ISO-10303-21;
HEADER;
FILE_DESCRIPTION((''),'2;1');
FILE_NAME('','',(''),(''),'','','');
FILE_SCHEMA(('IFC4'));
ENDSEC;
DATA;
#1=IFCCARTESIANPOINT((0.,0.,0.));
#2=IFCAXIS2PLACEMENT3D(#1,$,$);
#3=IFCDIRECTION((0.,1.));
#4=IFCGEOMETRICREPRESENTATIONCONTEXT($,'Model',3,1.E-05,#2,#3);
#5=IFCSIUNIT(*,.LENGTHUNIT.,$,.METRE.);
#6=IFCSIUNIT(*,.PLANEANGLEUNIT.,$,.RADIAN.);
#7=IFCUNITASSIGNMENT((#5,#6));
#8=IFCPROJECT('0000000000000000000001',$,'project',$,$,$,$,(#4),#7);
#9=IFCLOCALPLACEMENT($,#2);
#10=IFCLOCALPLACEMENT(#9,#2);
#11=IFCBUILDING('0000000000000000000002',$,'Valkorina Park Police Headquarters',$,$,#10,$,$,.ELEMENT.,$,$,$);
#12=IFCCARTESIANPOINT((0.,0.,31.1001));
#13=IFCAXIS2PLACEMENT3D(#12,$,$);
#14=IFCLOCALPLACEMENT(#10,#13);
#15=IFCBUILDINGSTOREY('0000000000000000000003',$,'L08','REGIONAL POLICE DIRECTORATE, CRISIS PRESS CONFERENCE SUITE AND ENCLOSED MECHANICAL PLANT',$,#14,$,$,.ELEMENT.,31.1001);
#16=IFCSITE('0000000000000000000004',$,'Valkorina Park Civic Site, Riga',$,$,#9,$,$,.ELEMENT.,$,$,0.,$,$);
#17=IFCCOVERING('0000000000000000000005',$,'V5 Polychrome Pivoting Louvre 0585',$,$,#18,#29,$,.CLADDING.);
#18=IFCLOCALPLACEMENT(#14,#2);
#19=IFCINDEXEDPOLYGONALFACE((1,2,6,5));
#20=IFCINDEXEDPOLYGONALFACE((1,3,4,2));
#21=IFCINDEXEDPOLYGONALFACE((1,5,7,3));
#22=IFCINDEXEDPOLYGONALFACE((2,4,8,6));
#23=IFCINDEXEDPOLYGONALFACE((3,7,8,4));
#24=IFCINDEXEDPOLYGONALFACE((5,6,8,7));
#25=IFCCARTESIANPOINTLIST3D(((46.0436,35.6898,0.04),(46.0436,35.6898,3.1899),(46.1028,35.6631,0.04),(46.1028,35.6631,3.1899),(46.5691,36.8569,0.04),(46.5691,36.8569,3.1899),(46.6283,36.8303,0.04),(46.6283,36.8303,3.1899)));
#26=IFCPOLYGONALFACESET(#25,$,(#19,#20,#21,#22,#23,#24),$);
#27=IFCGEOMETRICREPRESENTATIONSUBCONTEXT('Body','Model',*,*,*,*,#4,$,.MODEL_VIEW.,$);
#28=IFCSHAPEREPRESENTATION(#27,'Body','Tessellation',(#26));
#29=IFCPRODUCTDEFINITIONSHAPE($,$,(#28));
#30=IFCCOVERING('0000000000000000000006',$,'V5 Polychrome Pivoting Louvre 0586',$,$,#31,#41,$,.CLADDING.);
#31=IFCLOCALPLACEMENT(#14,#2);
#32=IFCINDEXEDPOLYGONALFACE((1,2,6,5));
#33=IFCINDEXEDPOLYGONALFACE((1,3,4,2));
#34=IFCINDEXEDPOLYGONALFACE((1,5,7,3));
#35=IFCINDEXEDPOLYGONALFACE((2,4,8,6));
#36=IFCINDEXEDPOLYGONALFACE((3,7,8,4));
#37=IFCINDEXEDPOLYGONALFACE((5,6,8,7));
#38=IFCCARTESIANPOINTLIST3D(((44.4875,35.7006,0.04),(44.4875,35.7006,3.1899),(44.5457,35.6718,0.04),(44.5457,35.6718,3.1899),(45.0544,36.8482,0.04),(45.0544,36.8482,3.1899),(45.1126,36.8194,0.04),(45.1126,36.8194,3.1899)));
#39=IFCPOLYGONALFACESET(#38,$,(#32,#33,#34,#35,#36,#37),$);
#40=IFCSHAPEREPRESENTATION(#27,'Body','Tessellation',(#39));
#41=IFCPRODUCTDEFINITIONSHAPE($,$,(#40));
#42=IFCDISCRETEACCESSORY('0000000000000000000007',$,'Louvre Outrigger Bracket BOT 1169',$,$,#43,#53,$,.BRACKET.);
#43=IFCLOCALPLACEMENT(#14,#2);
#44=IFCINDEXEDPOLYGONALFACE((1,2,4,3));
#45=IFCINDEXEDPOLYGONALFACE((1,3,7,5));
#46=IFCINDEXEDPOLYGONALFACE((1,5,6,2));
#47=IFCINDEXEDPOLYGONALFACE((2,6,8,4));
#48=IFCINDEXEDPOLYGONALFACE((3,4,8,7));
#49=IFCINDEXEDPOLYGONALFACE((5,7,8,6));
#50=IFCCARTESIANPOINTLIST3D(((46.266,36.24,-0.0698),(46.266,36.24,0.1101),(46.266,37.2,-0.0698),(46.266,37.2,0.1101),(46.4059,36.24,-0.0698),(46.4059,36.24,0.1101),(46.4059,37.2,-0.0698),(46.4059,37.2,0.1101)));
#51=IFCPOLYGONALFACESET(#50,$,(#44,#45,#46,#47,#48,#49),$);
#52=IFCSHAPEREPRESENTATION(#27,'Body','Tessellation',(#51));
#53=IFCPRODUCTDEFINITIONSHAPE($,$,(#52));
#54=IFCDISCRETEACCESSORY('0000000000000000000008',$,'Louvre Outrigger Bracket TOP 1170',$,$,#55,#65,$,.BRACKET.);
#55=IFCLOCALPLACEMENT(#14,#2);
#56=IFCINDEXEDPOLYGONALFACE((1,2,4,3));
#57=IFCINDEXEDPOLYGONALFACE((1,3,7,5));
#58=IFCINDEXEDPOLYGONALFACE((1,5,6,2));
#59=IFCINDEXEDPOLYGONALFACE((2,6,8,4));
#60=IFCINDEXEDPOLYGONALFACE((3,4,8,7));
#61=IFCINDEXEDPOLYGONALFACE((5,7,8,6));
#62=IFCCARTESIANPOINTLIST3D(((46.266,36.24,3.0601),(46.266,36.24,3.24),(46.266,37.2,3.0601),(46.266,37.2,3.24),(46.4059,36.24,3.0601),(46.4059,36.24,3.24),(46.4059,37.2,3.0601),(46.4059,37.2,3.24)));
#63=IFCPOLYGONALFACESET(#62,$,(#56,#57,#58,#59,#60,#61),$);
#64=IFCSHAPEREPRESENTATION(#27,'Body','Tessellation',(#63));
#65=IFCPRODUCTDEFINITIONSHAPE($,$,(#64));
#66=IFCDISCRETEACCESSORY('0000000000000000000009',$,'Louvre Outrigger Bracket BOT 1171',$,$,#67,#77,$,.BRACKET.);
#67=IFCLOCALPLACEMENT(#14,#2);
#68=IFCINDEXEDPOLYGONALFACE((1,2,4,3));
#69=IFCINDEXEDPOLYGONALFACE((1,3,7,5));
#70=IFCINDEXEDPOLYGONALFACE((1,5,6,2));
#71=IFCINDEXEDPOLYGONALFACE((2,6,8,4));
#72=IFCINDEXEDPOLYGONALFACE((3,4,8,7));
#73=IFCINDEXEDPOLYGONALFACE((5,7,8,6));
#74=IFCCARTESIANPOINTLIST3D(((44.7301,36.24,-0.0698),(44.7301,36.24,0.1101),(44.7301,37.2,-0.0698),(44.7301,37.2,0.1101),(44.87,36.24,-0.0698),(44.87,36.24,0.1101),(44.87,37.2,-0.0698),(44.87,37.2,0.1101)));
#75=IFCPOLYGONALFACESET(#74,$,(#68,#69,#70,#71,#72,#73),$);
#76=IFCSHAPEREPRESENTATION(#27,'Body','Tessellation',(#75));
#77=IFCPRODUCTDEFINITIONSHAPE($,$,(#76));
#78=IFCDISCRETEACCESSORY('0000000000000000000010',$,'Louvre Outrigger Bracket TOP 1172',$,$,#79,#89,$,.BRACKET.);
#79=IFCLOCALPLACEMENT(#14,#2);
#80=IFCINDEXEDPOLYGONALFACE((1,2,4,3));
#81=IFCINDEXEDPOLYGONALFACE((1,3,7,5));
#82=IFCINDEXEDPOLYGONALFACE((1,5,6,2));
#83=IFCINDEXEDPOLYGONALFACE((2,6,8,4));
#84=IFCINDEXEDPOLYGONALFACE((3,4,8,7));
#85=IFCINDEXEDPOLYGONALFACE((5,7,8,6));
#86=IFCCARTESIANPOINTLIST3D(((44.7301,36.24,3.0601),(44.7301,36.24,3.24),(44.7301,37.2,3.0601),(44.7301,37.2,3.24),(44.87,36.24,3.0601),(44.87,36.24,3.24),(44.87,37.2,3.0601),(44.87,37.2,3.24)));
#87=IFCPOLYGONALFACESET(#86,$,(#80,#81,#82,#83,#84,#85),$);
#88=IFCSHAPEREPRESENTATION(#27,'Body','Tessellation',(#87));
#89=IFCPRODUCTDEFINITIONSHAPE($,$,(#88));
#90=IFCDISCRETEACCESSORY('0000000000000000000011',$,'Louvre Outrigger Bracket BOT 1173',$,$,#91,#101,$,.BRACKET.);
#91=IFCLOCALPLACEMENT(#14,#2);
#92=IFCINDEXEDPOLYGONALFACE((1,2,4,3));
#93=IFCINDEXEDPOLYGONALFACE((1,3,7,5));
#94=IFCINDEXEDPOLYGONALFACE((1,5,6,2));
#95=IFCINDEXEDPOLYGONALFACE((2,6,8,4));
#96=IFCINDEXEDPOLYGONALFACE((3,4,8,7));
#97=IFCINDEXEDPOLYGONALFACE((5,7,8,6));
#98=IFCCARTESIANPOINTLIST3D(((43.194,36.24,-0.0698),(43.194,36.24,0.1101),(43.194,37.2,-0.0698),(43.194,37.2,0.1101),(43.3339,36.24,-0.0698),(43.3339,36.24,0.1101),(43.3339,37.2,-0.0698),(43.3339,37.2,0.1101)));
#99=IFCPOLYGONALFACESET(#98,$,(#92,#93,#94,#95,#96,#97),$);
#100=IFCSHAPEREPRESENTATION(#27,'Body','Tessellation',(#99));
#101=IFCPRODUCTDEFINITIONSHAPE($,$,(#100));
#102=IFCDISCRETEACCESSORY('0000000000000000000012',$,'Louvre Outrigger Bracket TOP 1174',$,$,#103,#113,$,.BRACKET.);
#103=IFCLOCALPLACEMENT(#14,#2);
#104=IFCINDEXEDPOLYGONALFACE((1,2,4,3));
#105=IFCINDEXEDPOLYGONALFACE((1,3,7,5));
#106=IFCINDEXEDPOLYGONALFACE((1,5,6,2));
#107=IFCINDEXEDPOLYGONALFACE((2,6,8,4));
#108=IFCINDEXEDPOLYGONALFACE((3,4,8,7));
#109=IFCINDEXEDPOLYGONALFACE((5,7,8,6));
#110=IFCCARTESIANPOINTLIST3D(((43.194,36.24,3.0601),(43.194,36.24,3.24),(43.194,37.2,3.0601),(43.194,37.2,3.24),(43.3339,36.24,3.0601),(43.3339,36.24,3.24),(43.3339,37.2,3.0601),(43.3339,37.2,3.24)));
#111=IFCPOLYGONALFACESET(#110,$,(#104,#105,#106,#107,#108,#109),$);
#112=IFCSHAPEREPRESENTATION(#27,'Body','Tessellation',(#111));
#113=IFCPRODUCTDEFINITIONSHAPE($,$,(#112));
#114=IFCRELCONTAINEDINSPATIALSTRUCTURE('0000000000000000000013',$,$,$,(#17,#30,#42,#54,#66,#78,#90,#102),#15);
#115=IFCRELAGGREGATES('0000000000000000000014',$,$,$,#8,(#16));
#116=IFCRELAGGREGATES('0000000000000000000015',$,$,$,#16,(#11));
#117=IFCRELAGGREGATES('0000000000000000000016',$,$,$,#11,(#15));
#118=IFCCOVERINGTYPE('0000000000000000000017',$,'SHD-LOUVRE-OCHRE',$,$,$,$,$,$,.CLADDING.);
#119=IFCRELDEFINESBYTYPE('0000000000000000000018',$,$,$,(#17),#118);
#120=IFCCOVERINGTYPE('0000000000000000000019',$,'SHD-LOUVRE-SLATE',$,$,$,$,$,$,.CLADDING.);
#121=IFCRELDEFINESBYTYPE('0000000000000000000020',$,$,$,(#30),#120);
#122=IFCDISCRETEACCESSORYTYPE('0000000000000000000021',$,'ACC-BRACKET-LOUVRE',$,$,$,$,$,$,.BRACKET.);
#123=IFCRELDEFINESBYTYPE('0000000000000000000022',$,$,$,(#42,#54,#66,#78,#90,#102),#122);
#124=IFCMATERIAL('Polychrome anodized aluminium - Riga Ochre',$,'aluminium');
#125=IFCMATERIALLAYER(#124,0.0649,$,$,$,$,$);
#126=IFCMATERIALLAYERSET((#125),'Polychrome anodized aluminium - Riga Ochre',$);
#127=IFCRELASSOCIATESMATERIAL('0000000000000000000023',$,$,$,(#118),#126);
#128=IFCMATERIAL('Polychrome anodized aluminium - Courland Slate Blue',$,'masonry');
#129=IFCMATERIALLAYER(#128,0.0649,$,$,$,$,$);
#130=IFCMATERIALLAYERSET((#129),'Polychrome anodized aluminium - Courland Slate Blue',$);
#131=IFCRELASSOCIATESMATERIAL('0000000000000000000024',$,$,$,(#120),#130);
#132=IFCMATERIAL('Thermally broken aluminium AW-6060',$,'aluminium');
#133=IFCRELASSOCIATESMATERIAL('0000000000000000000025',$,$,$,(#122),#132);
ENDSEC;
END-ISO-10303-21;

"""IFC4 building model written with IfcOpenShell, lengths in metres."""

from ifc_helpers import new_model, si_unit, direction, frame, origin, origin_2d, place, context, subcontext, project, spatial, rectangle, extrude, material, layer, layer_set, type_object, element, save


model = new_model("IFC4")

# Units and contexts
model_context = context("Model", 3, precision=1e-05, world=origin(), true_north=direction((0.0, 1.0)))
body_context = subcontext(model_context, "Body", "Model", "MODEL_VIEW")
ifc_project = project(units=[si_unit("LENGTHUNIT", "METRE"), si_unit("PLANEANGLEUNIT", "RADIAN")], contexts=[model_context])

# Site, building, storey
site_placement = place(None, origin())
site = spatial("IfcSite", under=ifc_project, at=site_placement, Name="Valkorina Park Civic Site, Riga", CompositionType="ELEMENT", RefElevation=0.0)
building_placement = place(site_placement, origin())
building = spatial("IfcBuilding", under=site, at=building_placement, Name="Valkorina Park Police Headquarters", CompositionType="ELEMENT")
storey_placement = place(building_placement, frame((0.0, 0.0, 31.1001)))
storey = spatial("IfcBuildingStorey", under=building, at=storey_placement, Name="L08", Description="REGIONAL POLICE DIRECTORATE, CRISIS PRESS CONFERENCE SUITE AND ENCLOSED MECHANICAL PLANT", CompositionType="ELEMENT", Elevation=31.1001)

# Shared definitions
ifc_material_1 = material(Name="Thermally broken aluminium AW-6060", Category="aluminium")

# Coverings
ifc_material_2 = material(Name="Polychrome anodized aluminium - Riga Ochre", Category="aluminium")
ifc_layer_1 = layer(ifc_material_2, 0.0649)
ifc_layer_set_1 = layer_set([ifc_layer_1], Name="Polychrome anodized aluminium - Riga Ochre")
covering_type_1 = type_object("IfcCoveringType", Name="SHD-LOUVRE-OCHRE", PredefinedType="CLADDING", material=ifc_layer_set_1)
covering_1_placement = place(storey_placement, frame((46.3359, 36.26, 0.04), z_axis=(0.0, 0.0, 1.0), x_axis=(-0.41056, -0.911834, 0.0)))
element("IfcCovering", 1, at=covering_1_placement, inside=storey, type_object=covering_type_1, Name="V5 Polychrome Pivoting Louvre 0585", PredefinedType="CLADDING", context=body_context, shape_type="SweptSolid", body=[
    extrude(rectangle(XDim=1.28, YDim=0.0649, at=origin_2d()), origin(), (0.0, 0.0, 1.0), 3.1499),
])
ifc_material_3 = material(Name="Polychrome anodized aluminium - Courland Slate Blue", Category="masonry")
ifc_layer_2 = layer(ifc_material_3, 0.0649)
ifc_layer_set_2 = layer_set([ifc_layer_2], Name="Polychrome anodized aluminium - Courland Slate Blue")
covering_type_2 = type_object("IfcCoveringType", Name="SHD-LOUVRE-SLATE", PredefinedType="CLADDING", material=ifc_layer_set_2)
covering_2_placement = place(storey_placement, frame((44.8, 36.26, 0.04), z_axis=(0.0, 0.0, 1.0), x_axis=(-0.442915, -0.896564, 0.0)))
element("IfcCovering", 2, at=covering_2_placement, inside=storey, type_object=covering_type_2, Name="V5 Polychrome Pivoting Louvre 0586", PredefinedType="CLADDING", context=body_context, shape_type="SweptSolid", body=[
    extrude(rectangle(XDim=1.28, YDim=0.0649, at=origin_2d()), origin(), (0.0, 0.0, 1.0), 3.1499),
])

# Discrete accessories
discrete_accessory_type = type_object("IfcDiscreteAccessoryType", Name="ACC-BRACKET-LOUVRE", PredefinedType="BRACKET", material=ifc_material_1)
for number, where, z_axis, x_axis, name in (
    (3, (46.3359, 36.72, -0.0698), (0.0, 0.0, 1.0), (0.0, -1.0, 0.0), "Louvre Outrigger Bracket BOT 1169"),
    (4, (46.3359, 36.72, 3.0601), (0.0, 0.0, 1.0), (0.0, -1.0, 0.0), "Louvre Outrigger Bracket TOP 1170"),
    (5, (44.8, 36.72, -0.0698), (0.0, 0.0, 1.0), (0.0, -1.0, 0.0), "Louvre Outrigger Bracket BOT 1171"),
    (6, (44.8, 36.72, 3.0601), (0.0, 0.0, 1.0), (0.0, -1.0, 0.0), "Louvre Outrigger Bracket TOP 1172"),
    (7, (43.2639, 36.72, -0.0698), (0.0, 0.0, 1.0), (0.0, -1.0, 0.0), "Louvre Outrigger Bracket BOT 1173"),
    (8, (43.2639, 36.72, 3.0601), (0.0, 0.0, 1.0), (0.0, -1.0, 0.0), "Louvre Outrigger Bracket TOP 1174"),
):
    element("IfcDiscreteAccessory", number, at=place(storey_placement, frame(where, z_axis=z_axis, x_axis=x_axis)), inside=storey, type_object=discrete_accessory_type, Name=name, PredefinedType="BRACKET", context=body_context, shape_type="SweptSolid", body=[
        extrude(rectangle(XDim=0.96, YDim=0.1399, at=origin_2d()), origin(), (0.0, 0.0, 1.0), 0.1799),
    ])

save(model, "model.ifc")
